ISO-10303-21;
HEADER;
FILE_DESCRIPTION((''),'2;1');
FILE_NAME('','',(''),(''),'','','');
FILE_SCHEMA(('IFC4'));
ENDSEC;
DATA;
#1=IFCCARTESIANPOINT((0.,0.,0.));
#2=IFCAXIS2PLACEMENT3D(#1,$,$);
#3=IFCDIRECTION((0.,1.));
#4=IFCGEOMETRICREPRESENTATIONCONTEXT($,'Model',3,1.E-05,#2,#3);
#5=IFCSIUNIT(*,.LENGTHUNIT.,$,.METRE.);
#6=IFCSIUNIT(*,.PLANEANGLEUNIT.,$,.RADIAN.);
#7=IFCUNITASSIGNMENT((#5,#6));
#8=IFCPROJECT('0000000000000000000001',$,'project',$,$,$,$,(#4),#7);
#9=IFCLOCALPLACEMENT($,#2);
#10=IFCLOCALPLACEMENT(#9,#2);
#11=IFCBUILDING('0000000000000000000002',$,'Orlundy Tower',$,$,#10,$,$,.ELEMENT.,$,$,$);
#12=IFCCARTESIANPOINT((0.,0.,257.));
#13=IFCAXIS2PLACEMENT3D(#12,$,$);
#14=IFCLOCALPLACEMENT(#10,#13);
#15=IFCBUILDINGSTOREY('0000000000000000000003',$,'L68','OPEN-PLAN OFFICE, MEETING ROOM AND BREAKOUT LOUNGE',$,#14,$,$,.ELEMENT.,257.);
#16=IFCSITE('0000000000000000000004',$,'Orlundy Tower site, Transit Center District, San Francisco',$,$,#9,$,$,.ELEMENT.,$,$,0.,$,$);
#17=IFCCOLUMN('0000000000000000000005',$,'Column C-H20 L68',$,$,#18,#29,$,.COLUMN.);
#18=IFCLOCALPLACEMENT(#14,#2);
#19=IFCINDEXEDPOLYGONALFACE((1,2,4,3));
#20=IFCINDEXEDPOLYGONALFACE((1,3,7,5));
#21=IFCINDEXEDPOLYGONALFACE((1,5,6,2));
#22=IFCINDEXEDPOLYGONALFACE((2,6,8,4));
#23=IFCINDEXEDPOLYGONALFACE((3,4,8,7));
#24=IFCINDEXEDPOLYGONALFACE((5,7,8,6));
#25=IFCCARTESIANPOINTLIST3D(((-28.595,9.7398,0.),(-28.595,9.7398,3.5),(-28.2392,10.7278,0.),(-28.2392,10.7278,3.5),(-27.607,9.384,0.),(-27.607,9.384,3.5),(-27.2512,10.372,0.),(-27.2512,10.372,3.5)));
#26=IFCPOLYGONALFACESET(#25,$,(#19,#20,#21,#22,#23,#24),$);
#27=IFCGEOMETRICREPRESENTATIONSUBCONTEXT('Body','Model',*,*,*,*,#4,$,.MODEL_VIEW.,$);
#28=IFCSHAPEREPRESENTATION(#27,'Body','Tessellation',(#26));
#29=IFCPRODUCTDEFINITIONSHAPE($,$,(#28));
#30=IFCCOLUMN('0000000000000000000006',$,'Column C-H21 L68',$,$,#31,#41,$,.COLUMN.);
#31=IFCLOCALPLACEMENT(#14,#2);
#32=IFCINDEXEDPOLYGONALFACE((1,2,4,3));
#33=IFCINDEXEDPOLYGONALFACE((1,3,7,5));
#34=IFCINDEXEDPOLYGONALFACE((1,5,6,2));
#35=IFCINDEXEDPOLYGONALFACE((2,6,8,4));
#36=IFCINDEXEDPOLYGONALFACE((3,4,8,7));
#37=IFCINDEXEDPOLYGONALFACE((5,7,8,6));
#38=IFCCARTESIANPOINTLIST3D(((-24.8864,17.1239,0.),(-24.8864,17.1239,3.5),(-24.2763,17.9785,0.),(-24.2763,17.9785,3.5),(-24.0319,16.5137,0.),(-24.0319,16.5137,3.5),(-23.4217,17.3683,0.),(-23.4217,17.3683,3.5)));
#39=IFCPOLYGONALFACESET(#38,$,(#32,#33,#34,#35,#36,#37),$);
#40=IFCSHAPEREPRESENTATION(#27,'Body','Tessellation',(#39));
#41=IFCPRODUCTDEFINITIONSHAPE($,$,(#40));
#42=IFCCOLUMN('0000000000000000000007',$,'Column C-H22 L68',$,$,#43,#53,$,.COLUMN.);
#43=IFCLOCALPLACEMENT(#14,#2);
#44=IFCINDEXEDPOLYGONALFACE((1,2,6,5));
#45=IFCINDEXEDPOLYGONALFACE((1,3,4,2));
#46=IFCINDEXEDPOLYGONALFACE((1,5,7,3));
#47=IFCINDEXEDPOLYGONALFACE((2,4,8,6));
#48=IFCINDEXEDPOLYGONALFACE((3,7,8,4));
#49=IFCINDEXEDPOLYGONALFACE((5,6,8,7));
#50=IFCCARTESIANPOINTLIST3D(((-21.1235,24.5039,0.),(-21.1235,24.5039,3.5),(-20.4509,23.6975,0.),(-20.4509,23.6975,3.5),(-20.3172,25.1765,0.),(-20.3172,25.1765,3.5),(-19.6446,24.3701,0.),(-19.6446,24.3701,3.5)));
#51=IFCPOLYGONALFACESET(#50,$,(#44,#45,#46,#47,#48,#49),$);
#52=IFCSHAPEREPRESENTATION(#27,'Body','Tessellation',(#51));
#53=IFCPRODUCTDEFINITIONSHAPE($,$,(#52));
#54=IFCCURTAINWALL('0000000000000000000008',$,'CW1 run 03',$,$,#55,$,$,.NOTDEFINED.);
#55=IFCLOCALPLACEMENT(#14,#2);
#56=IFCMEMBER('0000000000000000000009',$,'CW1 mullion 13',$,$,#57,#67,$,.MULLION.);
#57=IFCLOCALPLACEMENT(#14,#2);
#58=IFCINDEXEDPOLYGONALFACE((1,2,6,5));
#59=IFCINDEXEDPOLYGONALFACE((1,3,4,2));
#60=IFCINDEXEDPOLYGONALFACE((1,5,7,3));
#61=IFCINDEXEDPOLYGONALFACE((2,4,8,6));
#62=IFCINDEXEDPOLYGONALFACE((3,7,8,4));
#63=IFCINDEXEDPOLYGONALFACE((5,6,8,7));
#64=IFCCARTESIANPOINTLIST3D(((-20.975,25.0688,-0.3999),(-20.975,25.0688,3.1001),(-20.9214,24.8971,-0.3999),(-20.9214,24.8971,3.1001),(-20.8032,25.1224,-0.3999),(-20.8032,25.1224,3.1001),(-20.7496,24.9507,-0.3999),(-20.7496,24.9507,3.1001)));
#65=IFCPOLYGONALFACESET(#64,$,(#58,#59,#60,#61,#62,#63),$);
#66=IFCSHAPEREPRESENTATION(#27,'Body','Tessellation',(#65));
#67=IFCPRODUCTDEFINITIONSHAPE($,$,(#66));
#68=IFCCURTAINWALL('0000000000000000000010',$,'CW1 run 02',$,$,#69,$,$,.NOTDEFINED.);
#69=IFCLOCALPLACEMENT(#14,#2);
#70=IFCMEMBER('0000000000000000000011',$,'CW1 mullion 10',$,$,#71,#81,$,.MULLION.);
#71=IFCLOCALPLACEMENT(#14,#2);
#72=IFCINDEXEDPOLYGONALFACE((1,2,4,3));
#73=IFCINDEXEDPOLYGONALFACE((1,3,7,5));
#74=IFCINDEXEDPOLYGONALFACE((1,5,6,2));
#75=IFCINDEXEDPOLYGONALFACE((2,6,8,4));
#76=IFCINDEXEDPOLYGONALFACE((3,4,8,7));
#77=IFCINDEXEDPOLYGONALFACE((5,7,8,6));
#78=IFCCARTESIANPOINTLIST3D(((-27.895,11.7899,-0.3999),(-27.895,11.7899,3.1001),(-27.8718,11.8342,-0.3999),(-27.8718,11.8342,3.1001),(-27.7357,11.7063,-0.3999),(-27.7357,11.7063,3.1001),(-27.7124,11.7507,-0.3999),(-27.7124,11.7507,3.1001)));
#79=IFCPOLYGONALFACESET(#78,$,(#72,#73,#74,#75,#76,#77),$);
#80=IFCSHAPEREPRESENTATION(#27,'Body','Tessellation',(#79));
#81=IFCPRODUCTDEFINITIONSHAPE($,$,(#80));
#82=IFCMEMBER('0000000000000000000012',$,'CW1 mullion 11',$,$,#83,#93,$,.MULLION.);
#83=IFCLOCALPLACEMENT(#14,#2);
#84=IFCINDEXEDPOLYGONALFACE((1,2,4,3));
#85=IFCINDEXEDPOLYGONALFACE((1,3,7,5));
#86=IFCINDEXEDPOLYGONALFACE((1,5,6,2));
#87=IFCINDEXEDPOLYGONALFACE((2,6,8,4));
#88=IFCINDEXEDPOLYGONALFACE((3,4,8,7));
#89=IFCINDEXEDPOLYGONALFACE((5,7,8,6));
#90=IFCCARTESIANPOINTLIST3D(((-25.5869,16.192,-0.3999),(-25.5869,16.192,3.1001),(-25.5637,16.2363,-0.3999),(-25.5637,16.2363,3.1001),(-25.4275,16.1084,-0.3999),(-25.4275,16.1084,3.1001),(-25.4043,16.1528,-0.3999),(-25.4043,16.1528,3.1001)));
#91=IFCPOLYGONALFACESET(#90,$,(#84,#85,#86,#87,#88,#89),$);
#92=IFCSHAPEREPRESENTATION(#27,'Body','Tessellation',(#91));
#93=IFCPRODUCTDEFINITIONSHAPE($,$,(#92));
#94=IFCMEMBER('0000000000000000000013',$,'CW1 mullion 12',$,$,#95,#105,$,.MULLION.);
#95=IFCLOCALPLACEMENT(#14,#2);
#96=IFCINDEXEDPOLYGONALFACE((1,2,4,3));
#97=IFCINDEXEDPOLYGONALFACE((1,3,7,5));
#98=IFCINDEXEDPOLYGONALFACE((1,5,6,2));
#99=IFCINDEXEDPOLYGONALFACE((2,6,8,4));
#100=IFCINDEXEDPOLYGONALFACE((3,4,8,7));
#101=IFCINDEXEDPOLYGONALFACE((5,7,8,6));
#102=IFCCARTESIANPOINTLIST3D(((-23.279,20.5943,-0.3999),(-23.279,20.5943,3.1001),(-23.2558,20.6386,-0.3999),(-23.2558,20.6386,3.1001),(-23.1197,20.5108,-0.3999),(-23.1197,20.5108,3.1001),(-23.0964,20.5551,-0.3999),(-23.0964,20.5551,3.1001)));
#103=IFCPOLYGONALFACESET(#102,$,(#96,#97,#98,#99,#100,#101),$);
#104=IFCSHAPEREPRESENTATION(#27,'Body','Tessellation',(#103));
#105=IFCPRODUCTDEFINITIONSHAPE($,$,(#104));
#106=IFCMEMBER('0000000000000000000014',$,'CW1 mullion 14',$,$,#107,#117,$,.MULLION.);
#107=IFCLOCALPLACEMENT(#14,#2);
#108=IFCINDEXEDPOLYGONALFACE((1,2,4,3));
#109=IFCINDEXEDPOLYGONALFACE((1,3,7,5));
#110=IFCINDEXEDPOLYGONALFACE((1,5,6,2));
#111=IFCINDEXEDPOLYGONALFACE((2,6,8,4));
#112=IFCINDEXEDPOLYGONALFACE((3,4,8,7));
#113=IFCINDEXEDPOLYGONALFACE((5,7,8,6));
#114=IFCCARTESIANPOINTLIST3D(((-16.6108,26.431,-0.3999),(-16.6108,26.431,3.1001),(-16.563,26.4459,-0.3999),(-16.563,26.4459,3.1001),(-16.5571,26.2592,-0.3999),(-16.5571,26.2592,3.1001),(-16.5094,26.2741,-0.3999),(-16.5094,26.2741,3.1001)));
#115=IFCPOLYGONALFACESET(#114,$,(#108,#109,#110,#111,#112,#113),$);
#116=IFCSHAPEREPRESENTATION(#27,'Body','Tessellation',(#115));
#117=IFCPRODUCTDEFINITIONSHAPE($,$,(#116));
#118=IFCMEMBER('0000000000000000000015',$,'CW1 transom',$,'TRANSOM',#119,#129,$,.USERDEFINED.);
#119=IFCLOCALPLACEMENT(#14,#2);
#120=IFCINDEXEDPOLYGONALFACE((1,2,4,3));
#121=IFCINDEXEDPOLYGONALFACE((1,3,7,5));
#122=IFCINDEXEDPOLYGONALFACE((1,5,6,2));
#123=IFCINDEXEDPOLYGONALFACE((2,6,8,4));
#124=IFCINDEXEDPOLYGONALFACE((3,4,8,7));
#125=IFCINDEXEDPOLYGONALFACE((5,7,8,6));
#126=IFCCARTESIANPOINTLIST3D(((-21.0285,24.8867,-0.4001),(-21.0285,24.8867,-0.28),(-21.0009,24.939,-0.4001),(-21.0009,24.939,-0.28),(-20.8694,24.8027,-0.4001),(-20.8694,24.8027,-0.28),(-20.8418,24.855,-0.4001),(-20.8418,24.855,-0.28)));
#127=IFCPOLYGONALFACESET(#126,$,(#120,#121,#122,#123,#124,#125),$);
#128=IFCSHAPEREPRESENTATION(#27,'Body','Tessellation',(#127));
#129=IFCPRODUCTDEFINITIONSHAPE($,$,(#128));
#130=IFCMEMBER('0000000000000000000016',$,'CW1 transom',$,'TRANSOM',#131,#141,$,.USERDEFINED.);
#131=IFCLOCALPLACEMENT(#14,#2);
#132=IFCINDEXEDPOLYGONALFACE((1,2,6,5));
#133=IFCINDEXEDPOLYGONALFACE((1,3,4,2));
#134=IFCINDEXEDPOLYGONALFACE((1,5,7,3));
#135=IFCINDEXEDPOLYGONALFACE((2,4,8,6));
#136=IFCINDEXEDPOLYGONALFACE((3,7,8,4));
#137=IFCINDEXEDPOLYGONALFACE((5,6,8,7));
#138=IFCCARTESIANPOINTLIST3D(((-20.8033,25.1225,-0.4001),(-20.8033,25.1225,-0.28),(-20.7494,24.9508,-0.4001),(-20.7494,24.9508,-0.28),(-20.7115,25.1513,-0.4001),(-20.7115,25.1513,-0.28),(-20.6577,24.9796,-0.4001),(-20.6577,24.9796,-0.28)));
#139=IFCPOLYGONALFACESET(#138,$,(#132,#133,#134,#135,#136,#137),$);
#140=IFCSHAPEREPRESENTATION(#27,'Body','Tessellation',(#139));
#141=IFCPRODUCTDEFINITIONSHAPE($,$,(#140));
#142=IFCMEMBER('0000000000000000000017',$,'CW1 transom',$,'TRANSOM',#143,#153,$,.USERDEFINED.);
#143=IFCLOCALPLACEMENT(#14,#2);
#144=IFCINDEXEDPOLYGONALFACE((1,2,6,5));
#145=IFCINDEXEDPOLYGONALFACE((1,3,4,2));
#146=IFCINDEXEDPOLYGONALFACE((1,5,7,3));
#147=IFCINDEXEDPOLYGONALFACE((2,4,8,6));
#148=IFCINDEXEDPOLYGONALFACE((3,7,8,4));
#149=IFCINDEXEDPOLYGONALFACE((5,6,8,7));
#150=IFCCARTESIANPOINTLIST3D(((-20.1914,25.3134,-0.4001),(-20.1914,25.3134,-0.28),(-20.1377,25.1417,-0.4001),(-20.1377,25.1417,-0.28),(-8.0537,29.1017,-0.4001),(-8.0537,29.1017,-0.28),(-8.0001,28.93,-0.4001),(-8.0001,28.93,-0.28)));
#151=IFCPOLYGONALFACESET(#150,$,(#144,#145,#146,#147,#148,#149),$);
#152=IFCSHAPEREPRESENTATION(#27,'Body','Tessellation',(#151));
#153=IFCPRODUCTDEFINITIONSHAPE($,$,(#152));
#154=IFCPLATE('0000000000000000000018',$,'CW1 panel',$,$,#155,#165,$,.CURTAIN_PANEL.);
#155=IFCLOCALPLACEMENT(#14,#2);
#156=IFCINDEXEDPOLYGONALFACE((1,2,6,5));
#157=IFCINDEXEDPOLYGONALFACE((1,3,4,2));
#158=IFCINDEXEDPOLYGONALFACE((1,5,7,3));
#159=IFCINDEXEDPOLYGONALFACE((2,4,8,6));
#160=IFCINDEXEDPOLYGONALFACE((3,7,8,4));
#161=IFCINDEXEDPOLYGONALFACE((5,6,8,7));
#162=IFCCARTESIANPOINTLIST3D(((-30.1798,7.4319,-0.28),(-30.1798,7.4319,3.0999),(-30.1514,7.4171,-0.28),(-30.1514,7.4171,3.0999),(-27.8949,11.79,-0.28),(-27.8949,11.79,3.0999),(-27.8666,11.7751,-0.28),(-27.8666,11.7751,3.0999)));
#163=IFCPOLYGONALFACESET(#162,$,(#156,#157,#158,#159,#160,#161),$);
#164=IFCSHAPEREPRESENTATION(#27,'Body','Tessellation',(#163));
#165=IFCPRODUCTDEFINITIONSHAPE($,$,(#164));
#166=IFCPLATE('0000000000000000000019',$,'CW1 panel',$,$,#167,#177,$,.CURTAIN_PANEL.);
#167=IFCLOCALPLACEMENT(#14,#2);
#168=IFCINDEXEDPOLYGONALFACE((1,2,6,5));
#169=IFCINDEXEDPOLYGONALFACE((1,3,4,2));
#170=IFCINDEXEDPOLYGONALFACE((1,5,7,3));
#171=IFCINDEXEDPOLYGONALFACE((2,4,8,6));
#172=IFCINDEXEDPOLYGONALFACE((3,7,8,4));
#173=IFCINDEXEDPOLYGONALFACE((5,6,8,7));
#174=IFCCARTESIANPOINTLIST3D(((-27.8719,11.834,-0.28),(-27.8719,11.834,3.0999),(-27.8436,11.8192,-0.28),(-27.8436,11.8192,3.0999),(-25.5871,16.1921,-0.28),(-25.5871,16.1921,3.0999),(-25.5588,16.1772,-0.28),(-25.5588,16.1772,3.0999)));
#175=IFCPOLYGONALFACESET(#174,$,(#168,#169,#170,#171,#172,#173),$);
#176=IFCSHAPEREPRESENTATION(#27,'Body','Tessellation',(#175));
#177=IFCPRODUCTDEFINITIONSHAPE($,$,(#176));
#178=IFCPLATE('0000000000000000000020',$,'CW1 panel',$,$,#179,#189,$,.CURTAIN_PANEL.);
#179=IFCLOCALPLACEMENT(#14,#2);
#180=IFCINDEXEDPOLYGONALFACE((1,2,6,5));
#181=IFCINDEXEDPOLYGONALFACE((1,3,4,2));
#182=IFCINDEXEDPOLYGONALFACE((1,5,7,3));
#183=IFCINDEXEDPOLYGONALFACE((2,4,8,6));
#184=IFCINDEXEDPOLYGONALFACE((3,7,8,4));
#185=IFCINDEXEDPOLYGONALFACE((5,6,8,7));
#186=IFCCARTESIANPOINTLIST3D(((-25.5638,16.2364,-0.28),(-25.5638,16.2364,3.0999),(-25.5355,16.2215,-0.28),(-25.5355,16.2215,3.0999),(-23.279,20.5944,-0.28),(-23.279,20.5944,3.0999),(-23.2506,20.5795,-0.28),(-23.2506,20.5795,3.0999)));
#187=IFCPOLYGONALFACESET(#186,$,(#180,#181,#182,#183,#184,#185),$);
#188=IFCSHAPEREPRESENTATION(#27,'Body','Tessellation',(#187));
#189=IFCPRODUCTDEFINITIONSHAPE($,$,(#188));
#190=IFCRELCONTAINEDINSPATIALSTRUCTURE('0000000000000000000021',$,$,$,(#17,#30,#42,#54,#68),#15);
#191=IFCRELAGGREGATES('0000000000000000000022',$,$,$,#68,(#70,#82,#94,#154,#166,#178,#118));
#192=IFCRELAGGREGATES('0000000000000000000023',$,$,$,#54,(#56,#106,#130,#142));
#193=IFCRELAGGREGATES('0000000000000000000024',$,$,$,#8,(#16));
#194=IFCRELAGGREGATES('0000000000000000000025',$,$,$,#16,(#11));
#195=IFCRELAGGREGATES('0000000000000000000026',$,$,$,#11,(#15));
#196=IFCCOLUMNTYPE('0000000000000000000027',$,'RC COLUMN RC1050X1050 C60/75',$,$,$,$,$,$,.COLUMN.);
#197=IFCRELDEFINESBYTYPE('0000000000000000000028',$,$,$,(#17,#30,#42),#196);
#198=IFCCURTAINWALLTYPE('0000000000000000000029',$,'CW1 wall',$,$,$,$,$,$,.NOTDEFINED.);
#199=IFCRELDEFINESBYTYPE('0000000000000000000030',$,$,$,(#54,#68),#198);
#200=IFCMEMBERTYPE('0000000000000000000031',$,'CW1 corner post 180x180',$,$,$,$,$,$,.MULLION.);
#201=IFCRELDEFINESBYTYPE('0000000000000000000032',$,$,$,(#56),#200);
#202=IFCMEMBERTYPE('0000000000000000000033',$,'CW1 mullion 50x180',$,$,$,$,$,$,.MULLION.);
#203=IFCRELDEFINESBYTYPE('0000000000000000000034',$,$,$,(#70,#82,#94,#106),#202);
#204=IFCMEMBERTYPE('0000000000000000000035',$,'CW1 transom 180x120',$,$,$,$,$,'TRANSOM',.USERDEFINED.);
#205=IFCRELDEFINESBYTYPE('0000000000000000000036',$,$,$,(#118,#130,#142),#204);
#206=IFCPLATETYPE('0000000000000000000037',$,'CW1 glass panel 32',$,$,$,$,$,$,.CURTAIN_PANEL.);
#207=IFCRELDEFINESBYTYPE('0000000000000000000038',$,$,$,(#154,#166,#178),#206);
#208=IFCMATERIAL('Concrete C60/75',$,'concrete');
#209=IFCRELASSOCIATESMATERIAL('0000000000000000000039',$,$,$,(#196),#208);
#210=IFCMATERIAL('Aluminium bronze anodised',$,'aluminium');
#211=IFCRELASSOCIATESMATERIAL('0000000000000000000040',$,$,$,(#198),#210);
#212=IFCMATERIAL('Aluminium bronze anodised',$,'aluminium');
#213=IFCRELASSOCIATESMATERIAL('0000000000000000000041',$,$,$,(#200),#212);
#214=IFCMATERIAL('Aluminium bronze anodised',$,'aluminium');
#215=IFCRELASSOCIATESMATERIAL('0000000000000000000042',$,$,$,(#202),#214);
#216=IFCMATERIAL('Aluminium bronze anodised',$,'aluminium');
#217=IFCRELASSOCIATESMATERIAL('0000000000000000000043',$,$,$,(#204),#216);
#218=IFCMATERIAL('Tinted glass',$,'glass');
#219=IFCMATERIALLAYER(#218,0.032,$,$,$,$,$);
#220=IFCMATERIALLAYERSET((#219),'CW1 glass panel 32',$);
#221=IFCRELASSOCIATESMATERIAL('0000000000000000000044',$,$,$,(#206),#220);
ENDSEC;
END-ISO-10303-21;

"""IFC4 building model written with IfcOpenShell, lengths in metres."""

from ifc_helpers import new_model, si_unit, direction, frame, origin, origin_2d, place, context, subcontext, project, spatial, rectangle, extrude, material, layer, layer_set, material_profile, profile_set, type_object, element, aggregate, save


model = new_model("IFC4")

# Units and contexts
model_context = context("Model", 3, precision=1e-05, world=origin(), true_north=direction((0.0, 1.0)))
body_context = subcontext(model_context, "Body", "Model", "MODEL_VIEW")
ifc_project = project(units=[si_unit("LENGTHUNIT", "METRE"), si_unit("PLANEANGLEUNIT", "RADIAN")], contexts=[model_context])

# Site, building, storey
site_placement = place(None, origin())
site = spatial("IfcSite", under=ifc_project, at=site_placement, Name="Orlundy Tower site, Transit Center District, San Francisco", CompositionType="ELEMENT", RefElevation=0.0)
building_placement = place(site_placement, origin())
building = spatial("IfcBuilding", under=site, at=building_placement, Name="Orlundy Tower", CompositionType="ELEMENT")
storey_placement = place(building_placement, frame((0.0, 0.0, 257.0)))
storey = spatial("IfcBuildingStorey", under=building, at=storey_placement, Name="L68", Description="OPEN-PLAN OFFICE, MEETING ROOM AND BREAKOUT LOUNGE", CompositionType="ELEMENT", Elevation=257.0)

# Columns
ifc_material_1 = material(Name="Concrete C60/75", Category="concrete")
ifc_material_profile_1 = material_profile(ifc_material_1, rectangle(XDim=1.05, YDim=1.05, at=origin_2d()), Name="RC1050X1050")
ifc_profile_set_1 = profile_set([ifc_material_profile_1], Name="Concrete C60/75")
column_type = type_object("IfcColumnType", Name="RC COLUMN RC1050X1050 C60/75", PredefinedType="COLUMN", material=ifc_profile_set_1)
for number, where, z_axis, x_axis, name in (
    (1, (-27.9231, 10.0559, 0.0), (0.0, 0.0, 1.0), (-0.940845, 0.338836, 0.0), "Column C-H20 L68"),
    (2, (-24.1541, 17.2461, 0.0), (0.0, 0.0, 1.0), (-0.813842, 0.581087, 0.0), "Column C-H21 L68"),
    (3, (-20.384, 24.437, 0.0), (0.0, 0.0, 1.0), (-0.640552, 0.767915, 0.0), "Column C-H22 L68"),
):
    element("IfcColumn", number, at=place(storey_placement, frame(where, z_axis=z_axis, x_axis=x_axis)), inside=storey, type_object=column_type, Name=name, PredefinedType="COLUMN", context=body_context, shape_type="SweptSolid", body=[
        extrude(rectangle(XDim=1.05, YDim=1.05, at=origin_2d()), origin(), (0.0, 0.0, 1.0), 3.5),
    ])

# Curtain wall, member
ifc_material_2 = material(Name="Aluminium bronze anodised", Category="aluminium")
curtain_wall_type = type_object("IfcCurtainWallType", Name="CW1 wall", PredefinedType="NOTDEFINED", material=ifc_material_2)
curtain_wall_1_placement = place(storey_placement, origin())
curtain_wall_1 = element("IfcCurtainWall", 4, at=curtain_wall_1_placement, inside=storey, type_object=curtain_wall_type, Name="CW1 run 03", PredefinedType="NOTDEFINED")
ifc_material_3 = material(Name="Aluminium bronze anodised", Category="aluminium")
ifc_material_profile_2 = material_profile(ifc_material_3, rectangle(XDim=0.1799, YDim=0.1799, at=origin_2d()), Name="CW1 corner post 180x180")
ifc_profile_set_2 = profile_set([ifc_material_profile_2], Name="Aluminium bronze anodised")
member_type_1 = type_object("IfcMemberType", Name="CW1 corner post 180x180", PredefinedType="MULLION", material=ifc_profile_set_2)
member_1_placement = place(storey_placement, frame((-20.8623, 25.0098, -0.3999), z_axis=(0.0, 0.0, 1.0), x_axis=(-0.297935, 0.954586, 0.0)))
member_1 = element("IfcMember", 5, at=member_1_placement, type_object=member_type_1, Name="CW1 mullion 13", PredefinedType="MULLION", context=body_context, shape_type="SweptSolid", body=[
    extrude(rectangle(XDim=0.1799, YDim=0.1799, at=origin_2d()), origin(), (0.0, 0.0, 1.0), 3.5),
])

# Curtain wall, members
curtain_wall_2_placement = place(storey_placement, origin())
curtain_wall_2 = element("IfcCurtainWall", 6, at=curtain_wall_2_placement, inside=storey, type_object=curtain_wall_type, Name="CW1 run 02", PredefinedType="NOTDEFINED")
ifc_material_4 = material(Name="Aluminium bronze anodised", Category="aluminium")
ifc_material_profile_3 = material_profile(ifc_material_4, rectangle(XDim=0.1799, YDim=0.05, at=origin_2d()), Name="CW1 mullion 50x180")
ifc_profile_set_3 = profile_set([ifc_material_profile_3], Name="Aluminium bronze anodised")
member_type_2 = type_object("IfcMemberType", Name="CW1 mullion 50x180", PredefinedType="MULLION", material=ifc_profile_set_3)
member_2_placement = place(storey_placement, frame((-27.8037, 11.7703, -0.3999), z_axis=(0.0, 0.0, 1.0), x_axis=(-0.885659, 0.464336, 0.0)))
member_2 = element("IfcMember", 7, at=member_2_placement, type_object=member_type_2, Name="CW1 mullion 10", PredefinedType="MULLION", context=body_context, shape_type="SweptSolid", body=[
    extrude(rectangle(XDim=0.1799, YDim=0.05, at=origin_2d()), origin(), (0.0, 0.0, 1.0), 3.5),
])
member_3_placement = place(storey_placement, frame((-25.4956, 16.1724, -0.3999), z_axis=(0.0, 0.0, 1.0), x_axis=(-0.885659, 0.464336, 0.0)))
member_3 = element("IfcMember", 8, at=member_3_placement, type_object=member_type_2, Name="CW1 mullion 11", PredefinedType="MULLION", context=body_context, shape_type="SweptSolid", body=[
    extrude(rectangle(XDim=0.1799, YDim=0.05, at=origin_2d()), origin(), (0.0, 0.0, 1.0), 3.5),
])
member_4_placement = place(storey_placement, frame((-23.1877, 20.5747, -0.3999), z_axis=(0.0, 0.0, 1.0), x_axis=(-0.885659, 0.464336, 0.0)))
member_4 = element("IfcMember", 9, at=member_4_placement, type_object=member_type_2, Name="CW1 mullion 12", PredefinedType="MULLION", context=body_context, shape_type="SweptSolid", body=[
    extrude(rectangle(XDim=0.1799, YDim=0.05, at=origin_2d()), origin(), (0.0, 0.0, 1.0), 3.5),
])

# Members
member_5_placement = place(storey_placement, frame((-16.5601, 26.3525, -0.3999), z_axis=(0.0, 0.0, 1.0), x_axis=(-0.297935, 0.954586, 0.0)))
member_5 = element("IfcMember", 10, at=member_5_placement, type_object=member_type_2, Name="CW1 mullion 14", PredefinedType="MULLION", context=body_context, shape_type="SweptSolid", body=[
    extrude(rectangle(XDim=0.1799, YDim=0.05, at=origin_2d()), origin(), (0.0, 0.0, 1.0), 3.5),
])
ifc_material_5 = material(Name="Aluminium bronze anodised", Category="aluminium")
ifc_material_profile_4 = material_profile(ifc_material_5, rectangle(XDim=0.1799, YDim=0.1201, at=origin_2d()), Name="CW1 transom 180x120")
ifc_profile_set_4 = profile_set([ifc_material_profile_4], Name="Aluminium bronze anodised")
member_type_3 = type_object("IfcMemberType", Name="CW1 transom 180x120", ElementType="TRANSOM", PredefinedType="USERDEFINED", material=ifc_profile_set_4)
member_6_placement = place(storey_placement, frame((-20.949, 24.8447, -0.3401), z_axis=(0.466938, 0.88429, 0.0), x_axis=(-0.88429, 0.466938, 0.0)))
member_6 = element("IfcMember", 11, at=member_6_placement, type_object=member_type_3, Name="CW1 transom", ObjectType="TRANSOM", PredefinedType="USERDEFINED", context=body_context, shape_type="SweptSolid", body=[
    extrude(rectangle(XDim=0.1799, YDim=0.1201, at=origin_2d()), origin(), (0.0, 0.0, 1.0), 0.0591),
])
member_7_placement = place(storey_placement, frame((-20.7764, 25.0366, -0.3401), z_axis=(0.954118, 0.299431, 0.0), x_axis=(-0.299431, 0.954118, 0.0)))
member_7 = element("IfcMember", 12, at=member_7_placement, type_object=member_type_3, Name="CW1 transom", ObjectType="TRANSOM", PredefinedType="USERDEFINED", context=body_context, shape_type="SweptSolid", body=[
    extrude(rectangle(XDim=0.1799, YDim=0.1201, at=origin_2d()), origin(), (0.0, 0.0, 1.0), 0.0962),
])
member_8_placement = place(storey_placement, frame((-20.1646, 25.2275, -0.3401), z_axis=(0.954585, 0.297938, 0.0), x_axis=(-0.297938, 0.954585, 0.0)))
member_8 = element("IfcMember", 13, at=member_8_placement, type_object=member_type_3, Name="CW1 transom", ObjectType="TRANSOM", PredefinedType="USERDEFINED", context=body_context, shape_type="SweptSolid", body=[
    extrude(rectangle(XDim=0.1799, YDim=0.1201, at=origin_2d()), origin(), (0.0, 0.0, 1.0), 12.7151),
])

# Plates
ifc_material_6 = material(Name="Tinted glass", Category="glass")
ifc_layer_1 = layer(ifc_material_6, 0.032)
ifc_layer_set_1 = layer_set([ifc_layer_1], Name="CW1 glass panel 32")
plate_type = type_object("IfcPlateType", Name="CW1 glass panel 32", PredefinedType="CURTAIN_PANEL", material=ifc_layer_set_1)
plate_1_placement = place(storey_placement, frame((-29.0232, 9.6035, -0.28), z_axis=(0.0, 0.0, 1.0), x_axis=(0.464336, 0.885659, 0.0)))
plate_1 = element("IfcPlate", 14, at=plate_1_placement, type_object=plate_type, Name="CW1 panel", PredefinedType="CURTAIN_PANEL", context=body_context, shape_type="SweptSolid", body=[
    extrude(rectangle(XDim=4.9207, YDim=0.032, at=origin_2d()), origin(), (0.0, 0.0, 1.0), 3.3799),
])
plate_2_placement = place(storey_placement, frame((-26.7153, 14.0056, -0.28), z_axis=(0.0, 0.0, 1.0), x_axis=(0.464336, 0.885659, 0.0)))
plate_2 = element("IfcPlate", 15, at=plate_2_placement, type_object=plate_type, Name="CW1 panel", PredefinedType="CURTAIN_PANEL", context=body_context, shape_type="SweptSolid", body=[
    extrude(rectangle(XDim=4.9207, YDim=0.032, at=origin_2d()), origin(), (0.0, 0.0, 1.0), 3.3799),
])
plate_3_placement = place(storey_placement, frame((-24.4072, 18.408, -0.28), z_axis=(0.0, 0.0, 1.0), x_axis=(0.464336, 0.885659, 0.0)))
plate_3 = element("IfcPlate", 16, at=plate_3_placement, type_object=plate_type, Name="CW1 panel", PredefinedType="CURTAIN_PANEL", context=body_context, shape_type="SweptSolid", body=[
    extrude(rectangle(XDim=4.9207, YDim=0.032, at=origin_2d()), origin(), (0.0, 0.0, 1.0), 3.3799),
])
aggregate(curtain_wall_2, [member_2, member_3, member_4, plate_1, plate_2, plate_3, member_6])
aggregate(curtain_wall_1, [member_1, member_5, member_7, member_8])

save(model, "model.ifc")
